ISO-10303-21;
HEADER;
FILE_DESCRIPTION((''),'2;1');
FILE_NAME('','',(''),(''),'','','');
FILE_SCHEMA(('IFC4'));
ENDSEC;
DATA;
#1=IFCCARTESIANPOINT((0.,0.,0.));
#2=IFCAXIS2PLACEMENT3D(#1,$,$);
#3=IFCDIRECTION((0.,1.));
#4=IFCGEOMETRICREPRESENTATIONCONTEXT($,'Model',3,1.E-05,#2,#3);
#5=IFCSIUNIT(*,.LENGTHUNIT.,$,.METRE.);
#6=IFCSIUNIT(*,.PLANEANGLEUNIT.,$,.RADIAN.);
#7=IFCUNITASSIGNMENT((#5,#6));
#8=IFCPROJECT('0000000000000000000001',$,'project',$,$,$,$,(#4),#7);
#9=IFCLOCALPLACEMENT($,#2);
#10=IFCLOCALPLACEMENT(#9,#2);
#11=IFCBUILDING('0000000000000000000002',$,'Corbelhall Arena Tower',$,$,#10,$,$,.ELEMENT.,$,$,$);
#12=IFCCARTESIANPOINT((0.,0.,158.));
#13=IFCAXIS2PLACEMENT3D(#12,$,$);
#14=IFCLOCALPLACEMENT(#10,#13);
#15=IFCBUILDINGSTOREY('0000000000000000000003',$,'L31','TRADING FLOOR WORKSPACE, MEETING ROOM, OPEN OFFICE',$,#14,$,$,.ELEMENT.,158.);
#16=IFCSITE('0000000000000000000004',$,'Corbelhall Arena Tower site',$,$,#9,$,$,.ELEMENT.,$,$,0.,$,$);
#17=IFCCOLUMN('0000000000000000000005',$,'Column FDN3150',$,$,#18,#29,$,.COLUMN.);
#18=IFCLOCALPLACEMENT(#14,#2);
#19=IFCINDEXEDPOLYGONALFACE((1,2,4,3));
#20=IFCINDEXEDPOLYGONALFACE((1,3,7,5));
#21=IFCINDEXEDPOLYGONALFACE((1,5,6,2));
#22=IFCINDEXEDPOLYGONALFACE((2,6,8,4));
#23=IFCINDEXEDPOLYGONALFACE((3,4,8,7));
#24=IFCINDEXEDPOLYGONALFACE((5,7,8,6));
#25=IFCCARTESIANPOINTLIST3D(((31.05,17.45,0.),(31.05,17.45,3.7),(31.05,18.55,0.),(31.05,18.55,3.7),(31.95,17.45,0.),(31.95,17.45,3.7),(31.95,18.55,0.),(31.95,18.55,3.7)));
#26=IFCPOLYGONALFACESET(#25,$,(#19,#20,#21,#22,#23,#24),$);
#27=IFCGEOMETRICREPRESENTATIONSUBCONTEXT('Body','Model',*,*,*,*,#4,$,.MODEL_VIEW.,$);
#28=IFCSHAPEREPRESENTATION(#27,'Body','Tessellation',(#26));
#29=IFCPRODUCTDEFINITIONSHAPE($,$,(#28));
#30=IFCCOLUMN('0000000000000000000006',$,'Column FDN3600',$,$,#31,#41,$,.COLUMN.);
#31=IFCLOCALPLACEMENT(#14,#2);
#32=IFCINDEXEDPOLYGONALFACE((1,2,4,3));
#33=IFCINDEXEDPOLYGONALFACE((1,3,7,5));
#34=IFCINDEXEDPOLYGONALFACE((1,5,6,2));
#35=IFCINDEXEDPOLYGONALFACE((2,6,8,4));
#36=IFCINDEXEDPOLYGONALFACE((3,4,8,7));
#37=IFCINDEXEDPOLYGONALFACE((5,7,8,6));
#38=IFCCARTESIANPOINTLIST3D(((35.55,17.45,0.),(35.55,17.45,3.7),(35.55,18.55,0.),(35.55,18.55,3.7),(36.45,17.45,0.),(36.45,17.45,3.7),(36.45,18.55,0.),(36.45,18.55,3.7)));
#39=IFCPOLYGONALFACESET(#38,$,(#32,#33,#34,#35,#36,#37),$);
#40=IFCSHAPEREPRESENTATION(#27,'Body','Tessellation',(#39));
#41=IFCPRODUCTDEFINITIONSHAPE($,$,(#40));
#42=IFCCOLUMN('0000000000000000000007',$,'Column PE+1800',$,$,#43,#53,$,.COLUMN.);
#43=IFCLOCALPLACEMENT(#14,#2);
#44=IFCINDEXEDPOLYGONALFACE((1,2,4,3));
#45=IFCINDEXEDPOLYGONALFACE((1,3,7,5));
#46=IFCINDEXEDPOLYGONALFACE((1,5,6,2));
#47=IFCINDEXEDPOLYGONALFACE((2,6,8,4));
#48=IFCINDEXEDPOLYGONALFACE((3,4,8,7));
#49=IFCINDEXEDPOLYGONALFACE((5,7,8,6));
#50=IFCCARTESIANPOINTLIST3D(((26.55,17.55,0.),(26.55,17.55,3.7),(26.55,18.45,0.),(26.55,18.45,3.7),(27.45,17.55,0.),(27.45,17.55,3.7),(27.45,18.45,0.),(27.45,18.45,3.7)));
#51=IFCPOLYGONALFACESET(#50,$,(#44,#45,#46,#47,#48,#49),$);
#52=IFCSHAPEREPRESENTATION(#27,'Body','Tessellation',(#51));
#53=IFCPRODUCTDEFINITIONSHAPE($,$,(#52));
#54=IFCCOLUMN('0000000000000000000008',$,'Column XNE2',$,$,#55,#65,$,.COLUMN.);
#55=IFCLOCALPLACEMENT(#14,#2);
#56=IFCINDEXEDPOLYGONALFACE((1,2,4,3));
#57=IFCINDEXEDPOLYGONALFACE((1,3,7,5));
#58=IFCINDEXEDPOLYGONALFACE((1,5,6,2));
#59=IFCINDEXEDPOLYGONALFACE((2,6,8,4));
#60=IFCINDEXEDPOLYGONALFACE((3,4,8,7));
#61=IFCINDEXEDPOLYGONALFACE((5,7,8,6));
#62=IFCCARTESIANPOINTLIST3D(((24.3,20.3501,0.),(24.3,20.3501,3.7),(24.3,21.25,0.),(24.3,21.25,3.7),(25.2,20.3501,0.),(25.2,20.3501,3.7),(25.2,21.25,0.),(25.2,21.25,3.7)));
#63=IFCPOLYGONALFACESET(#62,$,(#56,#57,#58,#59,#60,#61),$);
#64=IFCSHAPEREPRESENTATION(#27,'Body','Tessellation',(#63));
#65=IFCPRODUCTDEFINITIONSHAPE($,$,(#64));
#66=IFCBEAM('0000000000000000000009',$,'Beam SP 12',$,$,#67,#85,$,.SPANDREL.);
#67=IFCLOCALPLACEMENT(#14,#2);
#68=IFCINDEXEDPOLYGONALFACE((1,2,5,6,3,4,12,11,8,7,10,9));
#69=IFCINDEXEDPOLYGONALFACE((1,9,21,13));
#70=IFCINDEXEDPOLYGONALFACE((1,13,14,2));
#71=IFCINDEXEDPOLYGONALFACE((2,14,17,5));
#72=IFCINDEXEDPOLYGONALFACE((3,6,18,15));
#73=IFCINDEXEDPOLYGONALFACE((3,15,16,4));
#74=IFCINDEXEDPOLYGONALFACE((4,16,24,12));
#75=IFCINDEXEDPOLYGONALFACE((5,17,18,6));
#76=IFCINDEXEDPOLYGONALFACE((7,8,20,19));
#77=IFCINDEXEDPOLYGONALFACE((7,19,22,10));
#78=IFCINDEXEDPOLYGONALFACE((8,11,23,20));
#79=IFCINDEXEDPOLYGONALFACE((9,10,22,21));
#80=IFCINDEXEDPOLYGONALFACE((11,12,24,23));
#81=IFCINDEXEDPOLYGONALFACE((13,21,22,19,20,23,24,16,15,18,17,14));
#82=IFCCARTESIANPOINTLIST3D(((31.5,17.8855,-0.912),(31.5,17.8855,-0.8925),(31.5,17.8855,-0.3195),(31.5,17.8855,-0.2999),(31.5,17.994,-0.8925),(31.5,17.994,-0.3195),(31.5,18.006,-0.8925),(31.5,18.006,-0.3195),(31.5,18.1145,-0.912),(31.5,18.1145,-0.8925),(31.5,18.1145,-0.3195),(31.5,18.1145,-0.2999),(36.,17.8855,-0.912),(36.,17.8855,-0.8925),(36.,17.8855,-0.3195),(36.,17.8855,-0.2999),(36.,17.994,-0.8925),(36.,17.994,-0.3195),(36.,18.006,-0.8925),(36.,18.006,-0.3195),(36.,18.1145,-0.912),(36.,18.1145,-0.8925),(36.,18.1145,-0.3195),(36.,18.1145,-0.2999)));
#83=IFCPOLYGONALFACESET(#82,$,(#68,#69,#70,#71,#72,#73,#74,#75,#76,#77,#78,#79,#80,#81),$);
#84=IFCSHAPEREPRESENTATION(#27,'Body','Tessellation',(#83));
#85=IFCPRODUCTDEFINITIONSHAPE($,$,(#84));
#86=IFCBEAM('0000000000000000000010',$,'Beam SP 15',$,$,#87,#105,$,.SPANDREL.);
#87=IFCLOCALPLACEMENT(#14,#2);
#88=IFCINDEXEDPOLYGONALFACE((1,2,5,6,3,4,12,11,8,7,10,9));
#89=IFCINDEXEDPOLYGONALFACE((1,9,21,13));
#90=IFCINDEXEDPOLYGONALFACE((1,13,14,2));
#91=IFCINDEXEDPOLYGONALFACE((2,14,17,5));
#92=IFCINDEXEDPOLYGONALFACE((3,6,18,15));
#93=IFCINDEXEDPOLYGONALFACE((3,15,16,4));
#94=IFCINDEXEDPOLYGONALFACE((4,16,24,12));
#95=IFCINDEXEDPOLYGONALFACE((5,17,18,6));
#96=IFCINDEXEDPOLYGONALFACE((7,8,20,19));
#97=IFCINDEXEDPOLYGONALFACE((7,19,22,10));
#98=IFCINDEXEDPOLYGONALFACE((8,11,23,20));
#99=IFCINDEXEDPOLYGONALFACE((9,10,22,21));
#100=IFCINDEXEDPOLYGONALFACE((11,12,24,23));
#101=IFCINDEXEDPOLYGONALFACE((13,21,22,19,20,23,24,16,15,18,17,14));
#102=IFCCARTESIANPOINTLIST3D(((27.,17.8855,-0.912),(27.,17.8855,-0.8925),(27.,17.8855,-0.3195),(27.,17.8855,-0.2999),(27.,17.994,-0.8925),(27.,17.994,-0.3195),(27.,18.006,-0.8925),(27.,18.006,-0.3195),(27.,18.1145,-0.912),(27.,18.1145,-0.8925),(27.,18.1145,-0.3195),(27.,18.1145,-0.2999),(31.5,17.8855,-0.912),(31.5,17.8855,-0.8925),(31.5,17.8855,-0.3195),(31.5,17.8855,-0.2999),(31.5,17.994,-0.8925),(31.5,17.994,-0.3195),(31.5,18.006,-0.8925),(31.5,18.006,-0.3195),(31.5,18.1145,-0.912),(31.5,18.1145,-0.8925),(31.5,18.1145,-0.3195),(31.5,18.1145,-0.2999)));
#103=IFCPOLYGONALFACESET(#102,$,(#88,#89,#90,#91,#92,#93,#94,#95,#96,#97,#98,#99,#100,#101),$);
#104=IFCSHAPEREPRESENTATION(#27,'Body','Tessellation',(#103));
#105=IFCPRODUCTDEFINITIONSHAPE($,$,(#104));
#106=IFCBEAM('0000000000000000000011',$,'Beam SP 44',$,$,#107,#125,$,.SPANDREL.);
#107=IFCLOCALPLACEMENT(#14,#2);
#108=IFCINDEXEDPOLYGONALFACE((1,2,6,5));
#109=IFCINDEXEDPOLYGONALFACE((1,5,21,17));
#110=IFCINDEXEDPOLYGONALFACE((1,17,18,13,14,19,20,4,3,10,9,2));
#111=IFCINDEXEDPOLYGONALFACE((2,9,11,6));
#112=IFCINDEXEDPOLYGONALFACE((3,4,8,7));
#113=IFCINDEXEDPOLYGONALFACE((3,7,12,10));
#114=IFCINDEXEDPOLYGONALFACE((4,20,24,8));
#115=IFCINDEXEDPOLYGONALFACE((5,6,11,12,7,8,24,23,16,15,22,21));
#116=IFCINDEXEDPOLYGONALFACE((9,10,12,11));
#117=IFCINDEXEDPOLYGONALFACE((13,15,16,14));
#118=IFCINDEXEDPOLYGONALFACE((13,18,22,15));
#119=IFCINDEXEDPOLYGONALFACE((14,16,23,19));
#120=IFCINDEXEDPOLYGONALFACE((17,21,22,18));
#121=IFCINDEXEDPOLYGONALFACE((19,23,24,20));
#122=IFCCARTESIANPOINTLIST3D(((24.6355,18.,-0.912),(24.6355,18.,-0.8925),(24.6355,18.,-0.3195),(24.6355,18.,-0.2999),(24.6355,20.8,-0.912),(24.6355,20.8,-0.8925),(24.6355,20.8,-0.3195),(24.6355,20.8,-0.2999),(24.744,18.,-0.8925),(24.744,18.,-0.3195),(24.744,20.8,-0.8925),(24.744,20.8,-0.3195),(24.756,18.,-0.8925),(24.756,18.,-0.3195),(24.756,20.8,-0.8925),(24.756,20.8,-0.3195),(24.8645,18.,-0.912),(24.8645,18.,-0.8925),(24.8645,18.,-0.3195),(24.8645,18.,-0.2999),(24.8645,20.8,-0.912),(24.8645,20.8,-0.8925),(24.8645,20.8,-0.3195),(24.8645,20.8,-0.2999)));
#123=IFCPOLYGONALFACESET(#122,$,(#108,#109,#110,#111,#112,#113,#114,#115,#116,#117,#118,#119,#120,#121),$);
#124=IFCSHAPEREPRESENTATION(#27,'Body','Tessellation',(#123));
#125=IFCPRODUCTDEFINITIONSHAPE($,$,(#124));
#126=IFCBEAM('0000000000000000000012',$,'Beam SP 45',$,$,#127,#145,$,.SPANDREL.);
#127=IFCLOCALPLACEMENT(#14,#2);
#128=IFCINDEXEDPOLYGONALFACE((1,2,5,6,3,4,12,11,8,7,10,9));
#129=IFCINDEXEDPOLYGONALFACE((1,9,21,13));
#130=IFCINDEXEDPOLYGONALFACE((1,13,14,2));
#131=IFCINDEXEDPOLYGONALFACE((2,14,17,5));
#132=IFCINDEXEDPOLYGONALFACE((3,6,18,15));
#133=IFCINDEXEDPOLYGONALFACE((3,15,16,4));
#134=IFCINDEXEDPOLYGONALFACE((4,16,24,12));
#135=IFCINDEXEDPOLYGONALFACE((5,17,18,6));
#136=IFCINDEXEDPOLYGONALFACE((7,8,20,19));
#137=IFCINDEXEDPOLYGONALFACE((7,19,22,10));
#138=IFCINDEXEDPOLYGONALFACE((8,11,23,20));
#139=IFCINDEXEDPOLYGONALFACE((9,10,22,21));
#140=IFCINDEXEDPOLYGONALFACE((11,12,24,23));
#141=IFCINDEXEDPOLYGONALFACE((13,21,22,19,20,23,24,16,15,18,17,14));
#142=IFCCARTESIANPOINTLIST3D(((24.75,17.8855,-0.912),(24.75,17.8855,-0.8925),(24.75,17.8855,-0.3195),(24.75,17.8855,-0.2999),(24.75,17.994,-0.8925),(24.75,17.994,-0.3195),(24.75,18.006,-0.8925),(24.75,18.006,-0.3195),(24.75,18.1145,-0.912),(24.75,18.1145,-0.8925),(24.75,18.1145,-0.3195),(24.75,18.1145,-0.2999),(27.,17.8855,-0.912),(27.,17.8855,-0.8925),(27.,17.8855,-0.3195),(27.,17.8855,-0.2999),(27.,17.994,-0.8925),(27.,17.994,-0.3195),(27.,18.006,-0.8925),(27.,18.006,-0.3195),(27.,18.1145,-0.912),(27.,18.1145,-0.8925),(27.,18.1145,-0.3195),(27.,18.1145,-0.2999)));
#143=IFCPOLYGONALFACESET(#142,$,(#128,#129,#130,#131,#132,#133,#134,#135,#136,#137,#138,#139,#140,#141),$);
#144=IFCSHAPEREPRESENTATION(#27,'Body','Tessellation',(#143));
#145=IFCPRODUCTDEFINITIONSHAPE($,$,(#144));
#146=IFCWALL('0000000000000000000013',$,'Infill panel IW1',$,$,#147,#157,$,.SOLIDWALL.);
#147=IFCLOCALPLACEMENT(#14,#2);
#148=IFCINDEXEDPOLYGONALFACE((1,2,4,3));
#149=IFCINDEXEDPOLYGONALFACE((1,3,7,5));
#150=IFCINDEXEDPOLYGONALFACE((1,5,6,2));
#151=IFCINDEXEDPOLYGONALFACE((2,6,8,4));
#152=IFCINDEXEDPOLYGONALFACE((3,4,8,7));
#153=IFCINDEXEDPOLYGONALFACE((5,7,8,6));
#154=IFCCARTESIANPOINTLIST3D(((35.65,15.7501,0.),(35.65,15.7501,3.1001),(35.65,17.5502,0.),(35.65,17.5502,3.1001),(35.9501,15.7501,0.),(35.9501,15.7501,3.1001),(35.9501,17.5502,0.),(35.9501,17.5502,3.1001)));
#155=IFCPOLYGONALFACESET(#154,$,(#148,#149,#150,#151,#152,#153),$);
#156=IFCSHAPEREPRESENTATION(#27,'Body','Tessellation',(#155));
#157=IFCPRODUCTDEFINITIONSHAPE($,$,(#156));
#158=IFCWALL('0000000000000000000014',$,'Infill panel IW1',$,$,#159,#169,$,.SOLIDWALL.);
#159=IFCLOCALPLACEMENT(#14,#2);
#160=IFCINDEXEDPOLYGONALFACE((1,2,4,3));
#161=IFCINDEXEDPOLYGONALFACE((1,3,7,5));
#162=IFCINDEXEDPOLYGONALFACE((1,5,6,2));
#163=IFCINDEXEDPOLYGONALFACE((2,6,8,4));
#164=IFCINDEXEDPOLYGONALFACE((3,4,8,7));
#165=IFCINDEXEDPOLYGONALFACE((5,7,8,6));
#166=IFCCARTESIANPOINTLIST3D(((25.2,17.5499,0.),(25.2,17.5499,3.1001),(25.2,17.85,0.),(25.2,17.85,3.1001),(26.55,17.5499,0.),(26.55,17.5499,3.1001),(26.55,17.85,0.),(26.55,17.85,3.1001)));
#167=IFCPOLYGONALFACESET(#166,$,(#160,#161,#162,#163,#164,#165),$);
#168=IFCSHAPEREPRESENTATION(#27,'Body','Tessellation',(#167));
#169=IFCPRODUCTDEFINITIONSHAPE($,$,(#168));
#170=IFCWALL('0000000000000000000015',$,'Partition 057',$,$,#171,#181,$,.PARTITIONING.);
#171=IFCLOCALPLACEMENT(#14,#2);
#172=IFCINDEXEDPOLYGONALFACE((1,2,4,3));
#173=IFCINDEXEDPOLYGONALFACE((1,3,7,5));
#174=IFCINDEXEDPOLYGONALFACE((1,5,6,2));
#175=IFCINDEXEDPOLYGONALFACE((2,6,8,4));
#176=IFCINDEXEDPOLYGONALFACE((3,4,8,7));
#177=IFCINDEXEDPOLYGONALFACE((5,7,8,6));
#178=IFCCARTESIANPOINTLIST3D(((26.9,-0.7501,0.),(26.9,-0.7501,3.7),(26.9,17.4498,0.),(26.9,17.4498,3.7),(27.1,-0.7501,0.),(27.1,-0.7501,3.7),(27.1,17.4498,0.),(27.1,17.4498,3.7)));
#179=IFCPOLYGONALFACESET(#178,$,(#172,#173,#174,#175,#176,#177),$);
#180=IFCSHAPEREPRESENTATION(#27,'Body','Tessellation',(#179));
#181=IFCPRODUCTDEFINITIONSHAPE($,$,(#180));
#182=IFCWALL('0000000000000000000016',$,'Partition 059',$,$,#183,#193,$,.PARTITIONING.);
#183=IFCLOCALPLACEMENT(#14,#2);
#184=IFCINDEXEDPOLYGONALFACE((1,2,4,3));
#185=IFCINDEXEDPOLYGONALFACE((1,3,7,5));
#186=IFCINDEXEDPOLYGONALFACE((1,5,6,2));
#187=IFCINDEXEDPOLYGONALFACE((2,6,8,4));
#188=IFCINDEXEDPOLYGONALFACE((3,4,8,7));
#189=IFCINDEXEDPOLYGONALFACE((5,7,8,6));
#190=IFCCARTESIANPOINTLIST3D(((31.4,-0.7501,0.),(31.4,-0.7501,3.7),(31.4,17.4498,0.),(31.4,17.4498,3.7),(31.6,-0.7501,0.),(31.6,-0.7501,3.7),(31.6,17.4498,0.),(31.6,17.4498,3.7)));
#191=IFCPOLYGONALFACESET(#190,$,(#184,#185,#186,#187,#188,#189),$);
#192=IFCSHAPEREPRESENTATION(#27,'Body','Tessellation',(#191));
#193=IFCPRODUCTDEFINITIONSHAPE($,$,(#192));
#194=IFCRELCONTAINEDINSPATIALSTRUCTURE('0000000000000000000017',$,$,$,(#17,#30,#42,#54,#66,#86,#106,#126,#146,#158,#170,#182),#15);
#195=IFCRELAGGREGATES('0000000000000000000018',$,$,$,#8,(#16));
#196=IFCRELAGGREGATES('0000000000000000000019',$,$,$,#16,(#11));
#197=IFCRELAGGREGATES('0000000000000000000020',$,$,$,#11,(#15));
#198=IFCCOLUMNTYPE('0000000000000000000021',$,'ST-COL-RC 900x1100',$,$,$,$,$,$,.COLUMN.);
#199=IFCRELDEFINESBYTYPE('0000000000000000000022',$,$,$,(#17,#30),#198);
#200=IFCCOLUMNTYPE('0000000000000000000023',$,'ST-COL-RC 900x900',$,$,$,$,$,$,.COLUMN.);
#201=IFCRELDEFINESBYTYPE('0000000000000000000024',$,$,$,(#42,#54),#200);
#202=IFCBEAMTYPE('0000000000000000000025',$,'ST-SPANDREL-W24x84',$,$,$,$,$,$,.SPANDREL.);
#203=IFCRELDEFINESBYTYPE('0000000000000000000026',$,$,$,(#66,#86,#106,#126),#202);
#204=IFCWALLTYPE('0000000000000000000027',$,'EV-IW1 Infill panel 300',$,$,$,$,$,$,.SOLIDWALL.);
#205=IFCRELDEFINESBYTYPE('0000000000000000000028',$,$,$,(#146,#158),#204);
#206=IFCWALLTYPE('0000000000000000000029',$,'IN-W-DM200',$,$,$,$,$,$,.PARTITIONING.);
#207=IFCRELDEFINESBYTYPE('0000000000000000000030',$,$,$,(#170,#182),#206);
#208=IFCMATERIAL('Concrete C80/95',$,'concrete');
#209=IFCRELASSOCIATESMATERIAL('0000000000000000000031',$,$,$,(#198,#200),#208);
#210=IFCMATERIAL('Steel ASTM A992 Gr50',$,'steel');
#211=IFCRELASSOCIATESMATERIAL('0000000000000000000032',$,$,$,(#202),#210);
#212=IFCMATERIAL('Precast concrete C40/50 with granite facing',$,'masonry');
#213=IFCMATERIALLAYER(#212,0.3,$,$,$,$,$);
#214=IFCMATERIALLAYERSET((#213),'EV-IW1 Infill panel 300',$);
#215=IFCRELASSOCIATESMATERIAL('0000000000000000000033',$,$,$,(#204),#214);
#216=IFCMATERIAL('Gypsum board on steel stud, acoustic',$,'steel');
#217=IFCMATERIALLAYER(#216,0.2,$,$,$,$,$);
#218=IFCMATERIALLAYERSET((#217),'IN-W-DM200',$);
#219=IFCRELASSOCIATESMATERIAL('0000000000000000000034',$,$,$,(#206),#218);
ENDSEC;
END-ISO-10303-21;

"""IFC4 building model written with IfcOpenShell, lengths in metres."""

from ifc_helpers import new_model, si_unit, direction, frame, frame_2d, origin, origin_2d, place, context, subcontext, project, spatial, rectangle, i_section, extrude, material, layer, layer_set, material_profile, profile_set, type_object, element, save


model = new_model("IFC4")

# Units and contexts
model_context = context("Model", 3, precision=1e-05, world=origin(), true_north=direction((0.0, 1.0)))
body_context = subcontext(model_context, "Body", "Model", "MODEL_VIEW")
ifc_project = project(units=[si_unit("LENGTHUNIT", "METRE"), si_unit("PLANEANGLEUNIT", "RADIAN")], contexts=[model_context])

# Site, building, storey
site_placement = place(None, origin())
site = spatial("IfcSite", under=ifc_project, at=site_placement, Name="Corbelhall Arena Tower site", CompositionType="ELEMENT", RefElevation=0.0)
building_placement = place(site_placement, origin())
building = spatial("IfcBuilding", under=site, at=building_placement, Name="Corbelhall Arena Tower", CompositionType="ELEMENT")
storey_placement = place(building_placement, frame((0.0, 0.0, 158.0)))
storey = spatial("IfcBuildingStorey", under=building, at=storey_placement, Name="L31", Description="TRADING FLOOR WORKSPACE, MEETING ROOM, OPEN OFFICE", CompositionType="ELEMENT", Elevation=158.0)

# Columns
ifc_material_1 = material(Name="Concrete C80/95", Category="concrete")
ifc_material_profile_1 = material_profile(ifc_material_1, rectangle(XDim=0.8999, YDim=1.1001, at=origin_2d()))
ifc_profile_set_1 = profile_set([ifc_material_profile_1], Name="Concrete C80/95")
column_type_1 = type_object("IfcColumnType", Name="ST-COL-RC 900x1100", PredefinedType="COLUMN", material=ifc_profile_set_1)
for number, where, z_axis, x_axis, name in (
    (1, (31.5, 18.0, 0.0), (0.0, 0.0, 1.0), (1.0, 0.0, 0.0), "Column FDN3150"),
    (2, (36.0, 18.0, 0.0), (0.0, 0.0, 1.0), (1.0, 0.0, 0.0), "Column FDN3600"),
):
    element("IfcColumn", number, at=place(storey_placement, frame(where, z_axis=z_axis, x_axis=x_axis)), inside=storey, type_object=column_type_1, Name=name, PredefinedType="COLUMN", context=body_context, shape_type="SweptSolid", body=[
        extrude(rectangle(XDim=0.8999, YDim=1.1001, at=origin_2d()), origin(), (0.0, 0.0, 1.0), 3.7),
    ])
ifc_material_profile_2 = material_profile(ifc_material_1, rectangle(XDim=0.8999, YDim=0.8999, at=origin_2d()))
ifc_profile_set_2 = profile_set([ifc_material_profile_2], Name="Concrete C80/95")
column_type_2 = type_object("IfcColumnType", Name="ST-COL-RC 900x900", PredefinedType="COLUMN", material=ifc_profile_set_2)
for number, where, z_axis, x_axis, name in (
    (3, (27.0, 18.0, 0.0), (0.0, 0.0, 1.0), (1.0, 0.0, 0.0), "Column PE+1800"),
    (4, (24.75, 20.8, 0.0), (0.0, 0.0, 1.0), (1.0, 0.0, 0.0), "Column XNE2"),
):
    element("IfcColumn", number, at=place(storey_placement, frame(where, z_axis=z_axis, x_axis=x_axis)), inside=storey, type_object=column_type_2, Name=name, PredefinedType="COLUMN", context=body_context, shape_type="SweptSolid", body=[
        extrude(rectangle(XDim=0.8999, YDim=0.8999, at=origin_2d()), origin(), (0.0, 0.0, 1.0), 3.7),
    ])

# Beams
ifc_material_2 = material(Name="Steel ASTM A992 Gr50", Category="steel")
ifc_material_profile_3 = material_profile(ifc_material_2, i_section(OverallWidth=0.229, OverallDepth=0.6121, WebThickness=0.012, FlangeThickness=0.0195, at=origin_2d()))
ifc_profile_set_3 = profile_set([ifc_material_profile_3], Name="Steel ASTM A992 Gr50")
beam_type = type_object("IfcBeamType", Name="ST-SPANDREL-W24x84", PredefinedType="SPANDREL", material=ifc_profile_set_3)
for number, where, z_axis, x_axis, name in (
    (5, (31.5, 18.0, -0.606), (1.0, 0.0, 0.0), (0.0, 1.0, 0.0), "Beam SP 12"),
    (6, (27.0, 18.0, -0.606), (1.0, 0.0, 0.0), (0.0, 1.0, 0.0), "Beam SP 15"),
):
    element("IfcBeam", number, at=place(storey_placement, frame(where, z_axis=z_axis, x_axis=x_axis)), inside=storey, type_object=beam_type, Name=name, PredefinedType="SPANDREL", context=body_context, shape_type="SweptSolid", body=[
        extrude(i_section(OverallWidth=0.229, OverallDepth=0.6121, WebThickness=0.012, FlangeThickness=0.0195, at=origin_2d()), origin(), (0.0, 0.0, 1.0), 4.5),
    ])
beam_1_placement = place(storey_placement, frame((24.75, 20.8, -0.606), z_axis=(0.0, -1.0, 0.0), x_axis=(1.0, 0.0, 0.0)))
element("IfcBeam", 7, at=beam_1_placement, inside=storey, type_object=beam_type, Name="Beam SP 44", PredefinedType="SPANDREL", context=body_context, shape_type="SweptSolid", body=[
    extrude(i_section(OverallWidth=0.229, OverallDepth=0.6121, WebThickness=0.012, FlangeThickness=0.0195, at=origin_2d()), origin(), (0.0, 0.0, 1.0), 2.8),
])
beam_2_placement = place(storey_placement, frame((24.75, 18.0, -0.606), z_axis=(1.0, 0.0, 0.0), x_axis=(0.0, 1.0, 0.0)))
element("IfcBeam", 8, at=beam_2_placement, inside=storey, type_object=beam_type, Name="Beam SP 45", PredefinedType="SPANDREL", context=body_context, shape_type="SweptSolid", body=[
    extrude(i_section(OverallWidth=0.229, OverallDepth=0.6121, WebThickness=0.012, FlangeThickness=0.0195, at=origin_2d()), origin(), (0.0, 0.0, 1.0), 2.25),
])

# Wall
ifc_material_3 = material(Name="Precast concrete C40/50 with granite facing", Category="masonry")
ifc_layer_1 = layer(ifc_material_3, 0.3)
ifc_layer_set_1 = layer_set([ifc_layer_1], Name="EV-IW1 Infill panel 300")
wall_type_1 = type_object("IfcWallType", Name="EV-IW1 Infill panel 300", PredefinedType="SOLIDWALL", material=ifc_layer_set_1)
wall_1_placement = place(storey_placement, frame((35.8, 17.55, 0.0), z_axis=(0.0, 0.0, 1.0), x_axis=(0.0, -1.0, 0.0)))
element("IfcWall", 9, at=wall_1_placement, inside=storey, type_object=wall_type_1, Name="Infill panel IW1", PredefinedType="SOLIDWALL", context=body_context, shape_type="SweptSolid", body=[
    extrude(rectangle(XDim=1.8, YDim=0.3, at=frame_2d((0.8999, 0.0))), origin(), (0.0, 0.0, 1.0), 3.1001),
])

# Walls
wall_2_placement = place(storey_placement, frame((26.55, 17.7, 0.0), z_axis=(0.0, 0.0, 1.0), x_axis=(-1.0, 0.0, 0.0)))
element("IfcWall", 10, at=wall_2_placement, inside=storey, type_object=wall_type_1, Name="Infill panel IW1", PredefinedType="SOLIDWALL", context=body_context, shape_type="SweptSolid", body=[
    extrude(rectangle(XDim=1.3501, YDim=0.3, at=frame_2d((0.675, 0.0))), origin(), (0.0, 0.0, 1.0), 3.1001),
])
ifc_material_4 = material(Name="Gypsum board on steel stud, acoustic", Category="steel")
ifc_layer_2 = layer(ifc_material_4, 0.2)
ifc_layer_set_2 = layer_set([ifc_layer_2], Name="IN-W-DM200")
wall_type_2 = type_object("IfcWallType", Name="IN-W-DM200", PredefinedType="PARTITIONING", material=ifc_layer_set_2)
for number, where, z_axis, x_axis, name in (
    (11, (27.0, 17.45, 0.0), (0.0, 0.0, 1.0), (0.0, -1.0, 0.0), "Partition 057"),
    (12, (31.5, 17.45, 0.0), (0.0, 0.0, 1.0), (0.0, -1.0, 0.0), "Partition 059"),
):
    element("IfcWall", number, at=place(storey_placement, frame(where, z_axis=z_axis, x_axis=x_axis)), inside=storey, type_object=wall_type_2, Name=name, PredefinedType="PARTITIONING", context=body_context, shape_type="SweptSolid", body=[
        extrude(rectangle(XDim=18.2, YDim=0.2, at=frame_2d((9.1001, 0.0))), origin(), (0.0, 0.0, 1.0), 3.7),
    ])

save(model, "model.ifc")
